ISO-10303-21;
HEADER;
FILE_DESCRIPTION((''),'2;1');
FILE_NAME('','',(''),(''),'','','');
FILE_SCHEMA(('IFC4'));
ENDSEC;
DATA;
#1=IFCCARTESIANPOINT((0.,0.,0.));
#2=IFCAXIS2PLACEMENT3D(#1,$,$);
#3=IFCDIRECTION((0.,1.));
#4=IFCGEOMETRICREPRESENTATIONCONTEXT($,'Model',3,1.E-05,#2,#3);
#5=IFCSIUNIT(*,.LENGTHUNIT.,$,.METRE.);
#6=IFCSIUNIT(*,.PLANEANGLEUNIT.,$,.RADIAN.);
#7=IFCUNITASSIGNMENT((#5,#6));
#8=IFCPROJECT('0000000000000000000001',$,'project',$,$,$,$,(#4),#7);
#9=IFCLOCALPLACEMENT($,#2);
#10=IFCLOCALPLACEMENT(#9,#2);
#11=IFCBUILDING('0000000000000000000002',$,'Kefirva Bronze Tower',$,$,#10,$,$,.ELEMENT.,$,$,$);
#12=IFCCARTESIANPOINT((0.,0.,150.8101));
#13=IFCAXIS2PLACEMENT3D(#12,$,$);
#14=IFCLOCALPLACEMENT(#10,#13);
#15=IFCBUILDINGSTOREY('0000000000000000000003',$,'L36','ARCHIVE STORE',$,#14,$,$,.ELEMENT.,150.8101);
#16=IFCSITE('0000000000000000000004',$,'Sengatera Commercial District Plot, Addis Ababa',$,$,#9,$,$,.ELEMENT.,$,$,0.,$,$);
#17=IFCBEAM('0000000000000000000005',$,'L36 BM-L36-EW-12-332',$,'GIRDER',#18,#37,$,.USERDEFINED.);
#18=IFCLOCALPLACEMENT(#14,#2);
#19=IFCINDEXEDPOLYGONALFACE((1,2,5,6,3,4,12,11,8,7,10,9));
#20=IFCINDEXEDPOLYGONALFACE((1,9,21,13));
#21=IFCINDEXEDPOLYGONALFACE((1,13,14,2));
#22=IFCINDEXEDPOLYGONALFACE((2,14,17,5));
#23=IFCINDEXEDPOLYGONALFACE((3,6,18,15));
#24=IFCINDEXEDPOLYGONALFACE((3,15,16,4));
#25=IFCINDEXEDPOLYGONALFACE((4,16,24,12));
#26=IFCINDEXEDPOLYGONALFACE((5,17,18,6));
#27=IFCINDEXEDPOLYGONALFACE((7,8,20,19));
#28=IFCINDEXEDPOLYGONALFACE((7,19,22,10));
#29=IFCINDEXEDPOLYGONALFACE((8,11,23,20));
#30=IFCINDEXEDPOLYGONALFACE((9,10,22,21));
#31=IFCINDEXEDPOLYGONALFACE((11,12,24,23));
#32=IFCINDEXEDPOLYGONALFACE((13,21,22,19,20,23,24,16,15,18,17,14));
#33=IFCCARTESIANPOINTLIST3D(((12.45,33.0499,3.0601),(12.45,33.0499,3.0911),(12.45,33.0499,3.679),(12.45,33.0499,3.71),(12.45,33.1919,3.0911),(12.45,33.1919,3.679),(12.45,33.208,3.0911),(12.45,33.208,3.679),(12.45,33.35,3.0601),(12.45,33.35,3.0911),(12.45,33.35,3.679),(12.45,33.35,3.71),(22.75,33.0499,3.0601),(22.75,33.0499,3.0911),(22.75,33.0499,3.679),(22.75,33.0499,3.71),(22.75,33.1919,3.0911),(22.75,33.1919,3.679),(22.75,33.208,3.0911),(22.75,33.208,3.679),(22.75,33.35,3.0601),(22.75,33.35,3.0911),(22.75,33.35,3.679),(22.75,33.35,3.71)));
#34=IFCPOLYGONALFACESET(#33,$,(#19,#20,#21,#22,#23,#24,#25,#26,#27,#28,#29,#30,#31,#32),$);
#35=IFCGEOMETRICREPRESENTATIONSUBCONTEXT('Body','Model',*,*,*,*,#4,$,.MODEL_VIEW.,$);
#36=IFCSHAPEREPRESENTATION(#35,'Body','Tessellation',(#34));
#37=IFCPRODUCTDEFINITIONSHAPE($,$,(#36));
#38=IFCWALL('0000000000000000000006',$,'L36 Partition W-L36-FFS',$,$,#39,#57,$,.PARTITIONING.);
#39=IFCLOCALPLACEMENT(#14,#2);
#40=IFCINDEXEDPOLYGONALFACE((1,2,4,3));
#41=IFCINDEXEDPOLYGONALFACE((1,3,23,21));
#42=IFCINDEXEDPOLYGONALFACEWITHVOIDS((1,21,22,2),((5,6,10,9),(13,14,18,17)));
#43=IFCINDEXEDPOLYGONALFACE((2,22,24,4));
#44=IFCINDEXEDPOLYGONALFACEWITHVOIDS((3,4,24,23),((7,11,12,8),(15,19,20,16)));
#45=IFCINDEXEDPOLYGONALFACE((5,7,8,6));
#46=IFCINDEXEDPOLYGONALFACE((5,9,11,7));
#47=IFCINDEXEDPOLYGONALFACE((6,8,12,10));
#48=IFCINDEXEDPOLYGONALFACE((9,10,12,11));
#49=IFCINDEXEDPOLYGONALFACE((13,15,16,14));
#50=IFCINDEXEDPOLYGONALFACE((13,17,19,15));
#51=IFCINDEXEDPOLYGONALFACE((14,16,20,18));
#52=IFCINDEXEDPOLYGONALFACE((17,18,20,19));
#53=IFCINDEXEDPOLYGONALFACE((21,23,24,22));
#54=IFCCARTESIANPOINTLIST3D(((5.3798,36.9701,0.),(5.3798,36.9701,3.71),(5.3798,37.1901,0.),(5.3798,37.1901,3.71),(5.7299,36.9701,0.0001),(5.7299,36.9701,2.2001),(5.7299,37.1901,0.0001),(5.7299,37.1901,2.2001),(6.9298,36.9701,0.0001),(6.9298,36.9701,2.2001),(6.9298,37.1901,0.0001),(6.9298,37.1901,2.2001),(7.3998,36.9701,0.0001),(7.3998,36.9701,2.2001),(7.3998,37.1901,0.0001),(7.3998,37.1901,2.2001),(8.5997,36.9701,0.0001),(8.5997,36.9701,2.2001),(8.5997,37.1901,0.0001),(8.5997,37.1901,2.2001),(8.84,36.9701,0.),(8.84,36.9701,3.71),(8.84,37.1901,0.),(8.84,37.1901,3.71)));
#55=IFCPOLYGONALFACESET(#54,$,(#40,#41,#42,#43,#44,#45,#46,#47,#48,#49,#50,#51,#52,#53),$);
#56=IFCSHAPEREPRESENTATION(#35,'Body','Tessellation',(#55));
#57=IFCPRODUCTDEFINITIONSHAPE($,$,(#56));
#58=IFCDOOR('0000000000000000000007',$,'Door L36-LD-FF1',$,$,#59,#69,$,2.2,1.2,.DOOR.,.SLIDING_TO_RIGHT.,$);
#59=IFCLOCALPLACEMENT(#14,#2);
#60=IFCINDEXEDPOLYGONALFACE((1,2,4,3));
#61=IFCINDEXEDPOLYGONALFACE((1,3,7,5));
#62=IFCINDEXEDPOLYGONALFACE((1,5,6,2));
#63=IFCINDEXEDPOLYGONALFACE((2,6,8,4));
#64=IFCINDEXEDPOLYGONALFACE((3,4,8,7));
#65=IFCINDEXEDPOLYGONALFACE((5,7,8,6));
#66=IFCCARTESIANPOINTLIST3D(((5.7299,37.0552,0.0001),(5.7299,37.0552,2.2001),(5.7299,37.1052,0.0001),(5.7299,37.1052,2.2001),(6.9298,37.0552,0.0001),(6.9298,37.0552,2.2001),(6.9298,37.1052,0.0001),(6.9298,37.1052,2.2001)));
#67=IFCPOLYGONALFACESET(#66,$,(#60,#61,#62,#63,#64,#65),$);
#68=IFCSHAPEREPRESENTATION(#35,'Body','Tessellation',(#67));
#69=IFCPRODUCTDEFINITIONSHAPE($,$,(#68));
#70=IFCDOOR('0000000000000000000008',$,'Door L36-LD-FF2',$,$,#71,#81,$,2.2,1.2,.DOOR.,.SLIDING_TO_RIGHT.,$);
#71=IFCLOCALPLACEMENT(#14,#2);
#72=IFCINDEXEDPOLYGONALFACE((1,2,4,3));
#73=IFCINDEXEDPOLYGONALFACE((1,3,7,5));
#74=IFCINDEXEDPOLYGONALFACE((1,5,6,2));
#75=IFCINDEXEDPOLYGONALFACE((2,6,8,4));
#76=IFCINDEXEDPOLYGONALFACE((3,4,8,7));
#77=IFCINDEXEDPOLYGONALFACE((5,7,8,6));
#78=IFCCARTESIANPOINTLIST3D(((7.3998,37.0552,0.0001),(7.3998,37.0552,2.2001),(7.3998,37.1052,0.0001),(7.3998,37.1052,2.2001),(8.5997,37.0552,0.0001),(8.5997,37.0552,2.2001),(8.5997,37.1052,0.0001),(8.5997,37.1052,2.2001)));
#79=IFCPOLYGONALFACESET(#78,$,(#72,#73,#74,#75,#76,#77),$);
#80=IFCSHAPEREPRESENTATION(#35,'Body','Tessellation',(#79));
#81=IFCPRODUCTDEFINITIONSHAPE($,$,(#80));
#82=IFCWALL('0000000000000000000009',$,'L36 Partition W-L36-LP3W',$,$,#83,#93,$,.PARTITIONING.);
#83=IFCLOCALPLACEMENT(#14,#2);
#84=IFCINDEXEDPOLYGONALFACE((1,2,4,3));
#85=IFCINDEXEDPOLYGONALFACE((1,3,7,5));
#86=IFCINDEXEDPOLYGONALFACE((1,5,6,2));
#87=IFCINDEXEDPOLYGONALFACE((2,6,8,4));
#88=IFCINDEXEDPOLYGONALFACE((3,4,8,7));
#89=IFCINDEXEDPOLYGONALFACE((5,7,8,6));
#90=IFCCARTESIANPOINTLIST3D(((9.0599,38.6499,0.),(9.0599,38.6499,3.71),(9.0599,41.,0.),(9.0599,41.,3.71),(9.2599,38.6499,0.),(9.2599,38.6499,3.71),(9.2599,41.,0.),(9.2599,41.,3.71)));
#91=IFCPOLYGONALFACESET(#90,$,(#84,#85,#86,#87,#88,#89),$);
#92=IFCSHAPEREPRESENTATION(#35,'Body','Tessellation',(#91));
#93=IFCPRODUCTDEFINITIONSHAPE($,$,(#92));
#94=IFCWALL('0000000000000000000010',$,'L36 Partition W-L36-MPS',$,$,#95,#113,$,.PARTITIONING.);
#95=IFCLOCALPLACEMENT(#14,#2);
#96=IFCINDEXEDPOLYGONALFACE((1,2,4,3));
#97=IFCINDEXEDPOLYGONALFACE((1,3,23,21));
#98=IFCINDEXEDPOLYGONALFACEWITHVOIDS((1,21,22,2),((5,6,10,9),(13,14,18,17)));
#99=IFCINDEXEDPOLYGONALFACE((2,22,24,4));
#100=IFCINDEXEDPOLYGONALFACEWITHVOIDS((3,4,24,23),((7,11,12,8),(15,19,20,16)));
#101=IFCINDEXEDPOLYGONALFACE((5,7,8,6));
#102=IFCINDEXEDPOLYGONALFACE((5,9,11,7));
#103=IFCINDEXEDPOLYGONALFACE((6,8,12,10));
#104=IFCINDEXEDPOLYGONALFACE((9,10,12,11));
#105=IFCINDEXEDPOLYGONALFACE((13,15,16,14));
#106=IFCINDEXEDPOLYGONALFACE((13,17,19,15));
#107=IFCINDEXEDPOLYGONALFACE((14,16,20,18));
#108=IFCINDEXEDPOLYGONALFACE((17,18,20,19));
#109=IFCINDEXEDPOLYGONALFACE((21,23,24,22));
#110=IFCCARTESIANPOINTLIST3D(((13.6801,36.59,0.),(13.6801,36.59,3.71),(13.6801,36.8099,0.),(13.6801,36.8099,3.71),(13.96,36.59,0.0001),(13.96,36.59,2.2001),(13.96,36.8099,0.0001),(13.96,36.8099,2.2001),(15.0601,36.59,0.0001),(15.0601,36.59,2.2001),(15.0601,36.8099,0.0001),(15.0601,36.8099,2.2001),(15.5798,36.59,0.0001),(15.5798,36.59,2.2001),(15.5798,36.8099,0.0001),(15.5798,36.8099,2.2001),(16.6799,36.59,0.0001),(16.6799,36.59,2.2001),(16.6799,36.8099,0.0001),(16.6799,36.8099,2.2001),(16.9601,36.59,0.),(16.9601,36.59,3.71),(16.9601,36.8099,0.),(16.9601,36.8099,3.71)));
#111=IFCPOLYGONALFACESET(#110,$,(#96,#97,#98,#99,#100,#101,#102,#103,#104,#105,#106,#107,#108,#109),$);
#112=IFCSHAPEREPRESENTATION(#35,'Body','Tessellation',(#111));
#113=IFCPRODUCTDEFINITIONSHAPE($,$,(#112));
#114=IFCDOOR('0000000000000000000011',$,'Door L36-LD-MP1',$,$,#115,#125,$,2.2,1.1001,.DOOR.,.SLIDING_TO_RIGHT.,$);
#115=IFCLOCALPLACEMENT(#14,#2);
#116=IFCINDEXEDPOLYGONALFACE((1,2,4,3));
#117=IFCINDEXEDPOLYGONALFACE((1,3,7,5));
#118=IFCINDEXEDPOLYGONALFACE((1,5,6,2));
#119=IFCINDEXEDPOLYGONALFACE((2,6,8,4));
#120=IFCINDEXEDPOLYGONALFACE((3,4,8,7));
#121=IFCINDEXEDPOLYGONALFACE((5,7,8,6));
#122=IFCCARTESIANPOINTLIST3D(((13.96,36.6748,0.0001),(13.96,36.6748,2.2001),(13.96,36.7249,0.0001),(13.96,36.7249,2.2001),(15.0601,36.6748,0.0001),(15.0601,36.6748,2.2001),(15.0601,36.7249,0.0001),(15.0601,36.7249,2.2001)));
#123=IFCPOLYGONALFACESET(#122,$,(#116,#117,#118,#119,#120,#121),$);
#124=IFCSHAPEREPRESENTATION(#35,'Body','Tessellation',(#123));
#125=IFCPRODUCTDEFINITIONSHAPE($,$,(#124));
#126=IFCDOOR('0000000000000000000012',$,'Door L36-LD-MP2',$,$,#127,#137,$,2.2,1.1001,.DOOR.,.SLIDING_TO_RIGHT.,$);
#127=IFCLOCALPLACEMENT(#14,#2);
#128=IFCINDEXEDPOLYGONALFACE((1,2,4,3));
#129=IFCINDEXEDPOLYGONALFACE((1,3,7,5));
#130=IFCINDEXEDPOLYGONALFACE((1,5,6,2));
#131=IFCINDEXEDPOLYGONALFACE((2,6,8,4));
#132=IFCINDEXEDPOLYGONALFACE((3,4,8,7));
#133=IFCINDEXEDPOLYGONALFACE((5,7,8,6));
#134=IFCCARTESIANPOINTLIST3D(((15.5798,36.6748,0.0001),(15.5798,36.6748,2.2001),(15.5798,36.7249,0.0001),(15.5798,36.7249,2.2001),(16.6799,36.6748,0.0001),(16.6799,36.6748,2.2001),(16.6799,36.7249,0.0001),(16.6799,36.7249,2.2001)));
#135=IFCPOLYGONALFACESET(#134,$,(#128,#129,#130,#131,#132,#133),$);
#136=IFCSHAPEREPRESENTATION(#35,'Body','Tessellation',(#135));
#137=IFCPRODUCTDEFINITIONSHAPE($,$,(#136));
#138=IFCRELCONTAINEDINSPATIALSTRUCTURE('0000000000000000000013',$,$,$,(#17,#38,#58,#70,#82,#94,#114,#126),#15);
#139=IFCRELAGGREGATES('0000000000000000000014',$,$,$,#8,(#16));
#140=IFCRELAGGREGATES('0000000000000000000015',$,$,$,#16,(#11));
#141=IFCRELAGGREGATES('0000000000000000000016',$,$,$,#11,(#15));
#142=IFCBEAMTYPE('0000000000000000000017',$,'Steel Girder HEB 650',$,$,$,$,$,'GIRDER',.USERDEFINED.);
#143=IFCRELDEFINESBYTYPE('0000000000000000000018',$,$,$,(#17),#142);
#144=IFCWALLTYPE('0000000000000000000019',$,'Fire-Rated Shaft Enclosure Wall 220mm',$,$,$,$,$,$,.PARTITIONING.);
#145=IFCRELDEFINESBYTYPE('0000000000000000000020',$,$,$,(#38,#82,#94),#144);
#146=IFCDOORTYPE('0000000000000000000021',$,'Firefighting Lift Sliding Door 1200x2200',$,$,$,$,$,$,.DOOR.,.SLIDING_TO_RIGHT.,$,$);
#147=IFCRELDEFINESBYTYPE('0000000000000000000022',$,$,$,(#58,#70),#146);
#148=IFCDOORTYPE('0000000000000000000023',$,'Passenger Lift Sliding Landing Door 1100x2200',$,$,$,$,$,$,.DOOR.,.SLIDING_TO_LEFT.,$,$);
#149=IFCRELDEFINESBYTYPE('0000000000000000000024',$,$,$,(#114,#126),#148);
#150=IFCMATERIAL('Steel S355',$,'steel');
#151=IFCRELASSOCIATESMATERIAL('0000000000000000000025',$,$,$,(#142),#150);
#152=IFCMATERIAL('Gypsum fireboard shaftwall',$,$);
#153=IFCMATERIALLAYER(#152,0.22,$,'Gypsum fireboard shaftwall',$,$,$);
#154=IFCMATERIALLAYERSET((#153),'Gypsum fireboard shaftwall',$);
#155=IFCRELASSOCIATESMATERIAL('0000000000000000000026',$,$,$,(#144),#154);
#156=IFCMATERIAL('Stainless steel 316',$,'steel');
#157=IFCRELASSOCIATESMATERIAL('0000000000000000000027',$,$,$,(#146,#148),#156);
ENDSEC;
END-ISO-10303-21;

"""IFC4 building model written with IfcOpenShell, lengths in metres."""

from ifc_helpers import new_model, si_unit, direction, frame, frame_2d, origin, origin_2d, place, context, subcontext, project, spatial, rectangle, i_section, extrude, material, layer, layer_set, material_profile, profile_set, type_object, element, fill, save


model = new_model("IFC4")

# Units and contexts
model_context = context("Model", 3, precision=1e-05, world=origin(), true_north=direction((0.0, 1.0)))
body_context = subcontext(model_context, "Body", "Model", "MODEL_VIEW")
ifc_project = project(units=[si_unit("LENGTHUNIT", "METRE"), si_unit("PLANEANGLEUNIT", "RADIAN")], contexts=[model_context])

# Site, building, storey
site_placement = place(None, origin())
site = spatial("IfcSite", under=ifc_project, at=site_placement, Name="Sengatera Commercial District Plot, Addis Ababa", CompositionType="ELEMENT", RefElevation=0.0)
building_placement = place(site_placement, origin())
building = spatial("IfcBuilding", under=site, at=building_placement, Name="Kefirva Bronze Tower", CompositionType="ELEMENT")
storey_placement = place(building_placement, frame((0.0, 0.0, 150.8101)))
storey = spatial("IfcBuildingStorey", under=building, at=storey_placement, Name="L36", Description="ARCHIVE STORE", CompositionType="ELEMENT", Elevation=150.8101)

# Beam
ifc_material_1 = material(Name="Steel S355", Category="steel")
ifc_material_profile = material_profile(ifc_material_1, i_section(OverallWidth=0.3, OverallDepth=0.6499, WebThickness=0.0161, FlangeThickness=0.031, at=origin_2d()), Name="HEB 650")
ifc_profile_set = profile_set([ifc_material_profile], Name="Steel S355")
beam_type = type_object("IfcBeamType", Name="Steel Girder HEB 650", ElementType="GIRDER", PredefinedType="USERDEFINED", material=ifc_profile_set)
beam_placement = place(storey_placement, frame((12.45, 33.2, 3.385), z_axis=(1.0, 0.0, 0.0), x_axis=(0.0, 1.0, 0.0)))
element("IfcBeam", 1, at=beam_placement, inside=storey, type_object=beam_type, Name="L36 BM-L36-EW-12-332", ObjectType="GIRDER", PredefinedType="USERDEFINED", context=body_context, shape_type="SweptSolid", body=[
    extrude(i_section(OverallWidth=0.3, OverallDepth=0.6499, WebThickness=0.0161, FlangeThickness=0.031, at=origin_2d()), origin(), (0.0, 0.0, 1.0), 10.3),
])

# Wall, openings, doors
ifc_material_2 = material(Name="Gypsum fireboard shaftwall")
ifc_layer_1 = layer(ifc_material_2, 0.22, Name="Gypsum fireboard shaftwall")
ifc_layer_set_1 = layer_set([ifc_layer_1], Name="Gypsum fireboard shaftwall")
wall_type_1 = type_object("IfcWallType", Name="Fire-Rated Shaft Enclosure Wall 220mm", PredefinedType="PARTITIONING", material=ifc_layer_set_1)
wall_1_placement = place(storey_placement, frame((5.3799, 37.0801, 0.0), z_axis=(0.0, 0.0, 1.0), x_axis=(1.0, 0.0, 0.0)))
wall_1 = element("IfcWall", 2, at=wall_1_placement, inside=storey, type_object=wall_type_1, Name="L36 Partition W-L36-FFS", PredefinedType="PARTITIONING", context=body_context, shape_type="SweptSolid", body=[
    extrude(rectangle(XDim=3.4602, YDim=0.22, at=frame_2d((1.73, 0.0))), origin(), (0.0, 0.0, 1.0), 3.71),
])
opening_1_placement = place(wall_1_placement, frame((1.55, 0.0, 0.0), z_axis=(0.0, 0.0, 1.0), x_axis=(-1.0, 0.0, 0.0)))
opening_1 = element("IfcOpeningElement", 3, at=opening_1_placement, cuts=wall_1, PredefinedType="OPENING", context=body_context, shape_type="SweptSolid", body=[
    extrude(rectangle(XDim=1.2, YDim=2.2, at=frame_2d((0.6001, 1.1001))), frame((0.0, 0.1201, 0.0), z_axis=(0.0, -1.0, 0.0), x_axis=(1.0, 0.0, 0.0)), (0.0, 0.0, 1.0), 0.24),
])
opening_2_placement = place(wall_1_placement, frame((3.22, 0.0, 0.0), z_axis=(0.0, 0.0, 1.0), x_axis=(-1.0, 0.0, 0.0)))
opening_2 = element("IfcOpeningElement", 4, at=opening_2_placement, cuts=wall_1, PredefinedType="OPENING", context=body_context, shape_type="SweptSolid", body=[
    extrude(rectangle(XDim=1.2, YDim=2.2, at=frame_2d((0.6001, 1.1001))), frame((0.0, 0.1201, 0.0), z_axis=(0.0, -1.0, 0.0), x_axis=(1.0, 0.0, 0.0)), (0.0, 0.0, 1.0), 0.24),
])
ifc_material_3 = material(Name="Stainless steel 316", Category="steel")
door_type_1 = type_object("IfcDoorType", Name="Firefighting Lift Sliding Door 1200x2200", OperationType="SLIDING_TO_RIGHT", PredefinedType="DOOR", material=ifc_material_3)
door_1_placement = place(opening_1_placement, origin())
door_1 = element("IfcDoor", 5, at=door_1_placement, inside=storey, type_object=door_type_1, Name="Door L36-LD-FF1", OperationType="SLIDING_TO_RIGHT", OverallHeight=2.2, OverallWidth=1.2, PredefinedType="DOOR", context=body_context, shape_type="SweptSolid", body=[
    extrude(rectangle(XDim=1.2, YDim=2.2, at=frame_2d((0.6001, 1.1001))), frame((0.0, 0.0249, 0.0), z_axis=(0.0, -1.0, 0.0), x_axis=(1.0, 0.0, 0.0)), (0.0, 0.0, 1.0), 0.05),
])
fill(opening_1, door_1)
door_2_placement = place(opening_2_placement, origin())
door_2 = element("IfcDoor", 6, at=door_2_placement, inside=storey, type_object=door_type_1, Name="Door L36-LD-FF2", OperationType="SLIDING_TO_RIGHT", OverallHeight=2.2, OverallWidth=1.2, PredefinedType="DOOR", context=body_context, shape_type="SweptSolid", body=[
    extrude(rectangle(XDim=1.2, YDim=2.2, at=frame_2d((0.6001, 1.1001))), frame((0.0, 0.0249, 0.0), z_axis=(0.0, -1.0, 0.0), x_axis=(1.0, 0.0, 0.0)), (0.0, 0.0, 1.0), 0.05),
])
fill(opening_2, door_2)

# Wall
wall_2_placement = place(storey_placement, frame((9.1599, 38.6499, 0.0), z_axis=(0.0, 0.0, 1.0), x_axis=(0.0, 1.0, 0.0)))
element("IfcWall", 7, at=wall_2_placement, inside=storey, type_object=wall_type_1, Name="L36 Partition W-L36-LP3W", PredefinedType="PARTITIONING", context=body_context, shape_type="SweptSolid", body=[
    extrude(rectangle(XDim=2.3501, YDim=0.2, at=frame_2d((1.175, 0.0))), origin(), (0.0, 0.0, 1.0), 3.71),
])

# Wall, openings, doors
wall_3_placement = place(storey_placement, frame((13.6799, 36.7, 0.0), z_axis=(0.0, 0.0, 1.0), x_axis=(1.0, 0.0, 0.0)))
wall_3 = element("IfcWall", 8, at=wall_3_placement, inside=storey, type_object=wall_type_1, Name="L36 Partition W-L36-MPS", PredefinedType="PARTITIONING", context=body_context, shape_type="SweptSolid", body=[
    extrude(rectangle(XDim=3.28, YDim=0.22, at=frame_2d((1.6401, 0.0))), origin(), (0.0, 0.0, 1.0), 3.71),
])
opening_3_placement = place(wall_3_placement, frame((0.28, 0.0, 0.0)))
opening_3 = element("IfcOpeningElement", 9, at=opening_3_placement, cuts=wall_3, PredefinedType="OPENING", context=body_context, shape_type="SweptSolid", body=[
    extrude(rectangle(XDim=1.1001, YDim=2.2, at=frame_2d((0.55, 1.1001))), frame((0.0, 0.1201, 0.0), z_axis=(0.0, -1.0, 0.0), x_axis=(1.0, 0.0, 0.0)), (0.0, 0.0, 1.0), 0.24),
])
opening_4_placement = place(wall_3_placement, frame((1.8999, 0.0, 0.0)))
opening_4 = element("IfcOpeningElement", 10, at=opening_4_placement, cuts=wall_3, PredefinedType="OPENING", context=body_context, shape_type="SweptSolid", body=[
    extrude(rectangle(XDim=1.1001, YDim=2.2, at=frame_2d((0.55, 1.1001))), frame((0.0, 0.1201, 0.0), z_axis=(0.0, -1.0, 0.0), x_axis=(1.0, 0.0, 0.0)), (0.0, 0.0, 1.0), 0.24),
])
door_type_2 = type_object("IfcDoorType", Name="Passenger Lift Sliding Landing Door 1100x2200", OperationType="SLIDING_TO_LEFT", PredefinedType="DOOR", material=ifc_material_3)
door_3_placement = place(opening_3_placement, origin())
door_3 = element("IfcDoor", 11, at=door_3_placement, inside=storey, type_object=door_type_2, Name="Door L36-LD-MP1", OperationType="SLIDING_TO_RIGHT", OverallHeight=2.2, OverallWidth=1.1001, PredefinedType="DOOR", context=body_context, shape_type="SweptSolid", body=[
    extrude(rectangle(XDim=1.1001, YDim=2.2, at=frame_2d((0.55, 1.1001))), frame((0.0, 0.0249, 0.0), z_axis=(0.0, -1.0, 0.0), x_axis=(1.0, 0.0, 0.0)), (0.0, 0.0, 1.0), 0.05),
])
fill(opening_3, door_3)
door_4_placement = place(opening_4_placement, origin())
door_4 = element("IfcDoor", 12, at=door_4_placement, inside=storey, type_object=door_type_2, Name="Door L36-LD-MP2", OperationType="SLIDING_TO_RIGHT", OverallHeight=2.2, OverallWidth=1.1001, PredefinedType="DOOR", context=body_context, shape_type="SweptSolid", body=[
    extrude(rectangle(XDim=1.1001, YDim=2.2, at=frame_2d((0.55, 1.1001))), frame((0.0, 0.0249, 0.0), z_axis=(0.0, -1.0, 0.0), x_axis=(1.0, 0.0, 0.0)), (0.0, 0.0, 1.0), 0.05),
])
fill(opening_4, door_4)

save(model, "model.ifc")
